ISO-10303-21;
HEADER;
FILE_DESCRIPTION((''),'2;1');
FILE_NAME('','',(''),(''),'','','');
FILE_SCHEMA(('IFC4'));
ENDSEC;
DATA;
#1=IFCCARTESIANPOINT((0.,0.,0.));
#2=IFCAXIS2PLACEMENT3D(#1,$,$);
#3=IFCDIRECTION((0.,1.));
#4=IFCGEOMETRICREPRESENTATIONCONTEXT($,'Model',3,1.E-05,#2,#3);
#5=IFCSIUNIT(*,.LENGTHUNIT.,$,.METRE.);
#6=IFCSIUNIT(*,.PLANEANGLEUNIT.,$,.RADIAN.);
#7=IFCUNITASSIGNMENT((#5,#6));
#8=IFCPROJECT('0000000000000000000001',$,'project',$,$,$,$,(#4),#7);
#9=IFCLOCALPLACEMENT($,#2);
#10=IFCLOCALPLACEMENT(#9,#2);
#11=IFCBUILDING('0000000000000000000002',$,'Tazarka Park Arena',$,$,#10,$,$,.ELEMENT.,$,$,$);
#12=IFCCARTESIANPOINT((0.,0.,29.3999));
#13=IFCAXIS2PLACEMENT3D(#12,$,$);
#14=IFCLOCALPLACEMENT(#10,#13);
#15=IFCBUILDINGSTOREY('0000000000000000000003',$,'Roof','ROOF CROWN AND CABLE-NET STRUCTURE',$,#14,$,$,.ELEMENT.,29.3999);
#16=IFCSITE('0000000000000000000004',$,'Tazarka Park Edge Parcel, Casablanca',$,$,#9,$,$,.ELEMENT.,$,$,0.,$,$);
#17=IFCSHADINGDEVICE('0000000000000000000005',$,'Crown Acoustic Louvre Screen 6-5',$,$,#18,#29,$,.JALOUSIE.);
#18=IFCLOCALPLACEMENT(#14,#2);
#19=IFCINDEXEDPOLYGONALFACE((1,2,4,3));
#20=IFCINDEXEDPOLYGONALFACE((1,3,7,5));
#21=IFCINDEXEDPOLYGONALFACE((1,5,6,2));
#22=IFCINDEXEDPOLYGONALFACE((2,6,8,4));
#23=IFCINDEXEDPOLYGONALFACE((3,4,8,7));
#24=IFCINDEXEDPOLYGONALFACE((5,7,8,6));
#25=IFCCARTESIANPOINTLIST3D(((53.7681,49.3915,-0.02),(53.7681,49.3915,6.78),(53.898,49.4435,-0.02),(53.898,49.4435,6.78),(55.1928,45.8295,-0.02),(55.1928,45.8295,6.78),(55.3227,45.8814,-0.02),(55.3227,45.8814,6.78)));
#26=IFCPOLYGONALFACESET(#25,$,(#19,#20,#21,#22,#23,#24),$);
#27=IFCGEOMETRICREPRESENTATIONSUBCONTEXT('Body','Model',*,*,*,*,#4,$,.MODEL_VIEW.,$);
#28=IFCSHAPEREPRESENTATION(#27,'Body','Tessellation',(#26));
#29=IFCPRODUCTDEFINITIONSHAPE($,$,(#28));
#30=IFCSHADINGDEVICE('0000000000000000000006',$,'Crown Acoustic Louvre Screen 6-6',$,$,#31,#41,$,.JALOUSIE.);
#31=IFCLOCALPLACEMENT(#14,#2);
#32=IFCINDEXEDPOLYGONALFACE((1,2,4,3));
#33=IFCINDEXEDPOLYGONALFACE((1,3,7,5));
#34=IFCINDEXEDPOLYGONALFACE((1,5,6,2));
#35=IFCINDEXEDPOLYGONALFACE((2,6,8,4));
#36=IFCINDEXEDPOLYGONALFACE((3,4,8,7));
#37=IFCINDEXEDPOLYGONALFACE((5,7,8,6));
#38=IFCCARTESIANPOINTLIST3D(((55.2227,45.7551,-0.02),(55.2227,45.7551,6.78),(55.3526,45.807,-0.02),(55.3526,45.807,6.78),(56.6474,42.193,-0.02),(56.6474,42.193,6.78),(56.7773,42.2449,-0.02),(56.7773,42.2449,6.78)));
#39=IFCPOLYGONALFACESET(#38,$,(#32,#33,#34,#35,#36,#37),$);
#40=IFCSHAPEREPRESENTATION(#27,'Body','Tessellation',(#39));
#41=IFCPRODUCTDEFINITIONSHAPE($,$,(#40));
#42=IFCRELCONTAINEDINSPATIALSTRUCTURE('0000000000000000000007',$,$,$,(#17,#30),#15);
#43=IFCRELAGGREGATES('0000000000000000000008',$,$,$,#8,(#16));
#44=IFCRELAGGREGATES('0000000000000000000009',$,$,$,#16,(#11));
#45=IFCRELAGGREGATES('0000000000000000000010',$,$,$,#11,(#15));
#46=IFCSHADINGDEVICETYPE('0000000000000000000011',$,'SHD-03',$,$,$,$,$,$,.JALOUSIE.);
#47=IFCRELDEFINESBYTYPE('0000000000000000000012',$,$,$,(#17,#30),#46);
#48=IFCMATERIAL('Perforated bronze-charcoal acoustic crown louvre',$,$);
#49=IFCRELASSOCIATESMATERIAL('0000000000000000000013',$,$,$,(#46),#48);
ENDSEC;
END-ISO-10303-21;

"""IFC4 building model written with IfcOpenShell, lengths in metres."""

from ifc_helpers import new_model, si_unit, direction, frame, origin, origin_2d, place, context, subcontext, project, spatial, rectangle, extrude, material, type_object, element, save


model = new_model("IFC4")

# Units and contexts
model_context = context("Model", 3, precision=1e-05, world=origin(), true_north=direction((0.0, 1.0)))
body_context = subcontext(model_context, "Body", "Model", "MODEL_VIEW")
ifc_project = project(units=[si_unit("LENGTHUNIT", "METRE"), si_unit("PLANEANGLEUNIT", "RADIAN")], contexts=[model_context])

# Site, building, storey
site_placement = place(None, origin())
site = spatial("IfcSite", under=ifc_project, at=site_placement, Name="Tazarka Park Edge Parcel, Casablanca", CompositionType="ELEMENT", RefElevation=0.0)
building_placement = place(site_placement, origin())
building = spatial("IfcBuilding", under=site, at=building_placement, Name="Tazarka Park Arena", CompositionType="ELEMENT")
storey_placement = place(building_placement, frame((0.0, 0.0, 29.3999)))
storey = spatial("IfcBuildingStorey", under=building, at=storey_placement, Name="Roof", Description="ROOF CROWN AND CABLE-NET STRUCTURE", CompositionType="ELEMENT", Elevation=29.3999)

# Shading devices
ifc_material_1 = material(Name="Perforated bronze-charcoal acoustic crown louvre")
shading_device_type = type_object("IfcShadingDeviceType", Name="SHD-03", PredefinedType="JALOUSIE", material=ifc_material_1)
for number, where, z_axis, x_axis, name in (
    (1, (54.5454, 47.6365, -0.02), (0.0, 0.0, 1.0), (0.371368, -0.928486, 0.0), "Crown Acoustic Louvre Screen 6-5"),
    (2, (56.0, 44.0, -0.02), (0.0, 0.0, 1.0), (0.371368, -0.928486, 0.0), "Crown Acoustic Louvre Screen 6-6"),
):
    element("IfcShadingDevice", number, at=place(storey_placement, frame(where, z_axis=z_axis, x_axis=x_axis)), inside=storey, type_object=shading_device_type, Name=name, PredefinedType="JALOUSIE", context=body_context, shape_type="SweptSolid", body=[
        extrude(rectangle(XDim=3.8364, YDim=0.1399, at=origin_2d()), origin(), (0.0, 0.0, 1.0), 6.8),
    ])

save(model, "model.ifc")
